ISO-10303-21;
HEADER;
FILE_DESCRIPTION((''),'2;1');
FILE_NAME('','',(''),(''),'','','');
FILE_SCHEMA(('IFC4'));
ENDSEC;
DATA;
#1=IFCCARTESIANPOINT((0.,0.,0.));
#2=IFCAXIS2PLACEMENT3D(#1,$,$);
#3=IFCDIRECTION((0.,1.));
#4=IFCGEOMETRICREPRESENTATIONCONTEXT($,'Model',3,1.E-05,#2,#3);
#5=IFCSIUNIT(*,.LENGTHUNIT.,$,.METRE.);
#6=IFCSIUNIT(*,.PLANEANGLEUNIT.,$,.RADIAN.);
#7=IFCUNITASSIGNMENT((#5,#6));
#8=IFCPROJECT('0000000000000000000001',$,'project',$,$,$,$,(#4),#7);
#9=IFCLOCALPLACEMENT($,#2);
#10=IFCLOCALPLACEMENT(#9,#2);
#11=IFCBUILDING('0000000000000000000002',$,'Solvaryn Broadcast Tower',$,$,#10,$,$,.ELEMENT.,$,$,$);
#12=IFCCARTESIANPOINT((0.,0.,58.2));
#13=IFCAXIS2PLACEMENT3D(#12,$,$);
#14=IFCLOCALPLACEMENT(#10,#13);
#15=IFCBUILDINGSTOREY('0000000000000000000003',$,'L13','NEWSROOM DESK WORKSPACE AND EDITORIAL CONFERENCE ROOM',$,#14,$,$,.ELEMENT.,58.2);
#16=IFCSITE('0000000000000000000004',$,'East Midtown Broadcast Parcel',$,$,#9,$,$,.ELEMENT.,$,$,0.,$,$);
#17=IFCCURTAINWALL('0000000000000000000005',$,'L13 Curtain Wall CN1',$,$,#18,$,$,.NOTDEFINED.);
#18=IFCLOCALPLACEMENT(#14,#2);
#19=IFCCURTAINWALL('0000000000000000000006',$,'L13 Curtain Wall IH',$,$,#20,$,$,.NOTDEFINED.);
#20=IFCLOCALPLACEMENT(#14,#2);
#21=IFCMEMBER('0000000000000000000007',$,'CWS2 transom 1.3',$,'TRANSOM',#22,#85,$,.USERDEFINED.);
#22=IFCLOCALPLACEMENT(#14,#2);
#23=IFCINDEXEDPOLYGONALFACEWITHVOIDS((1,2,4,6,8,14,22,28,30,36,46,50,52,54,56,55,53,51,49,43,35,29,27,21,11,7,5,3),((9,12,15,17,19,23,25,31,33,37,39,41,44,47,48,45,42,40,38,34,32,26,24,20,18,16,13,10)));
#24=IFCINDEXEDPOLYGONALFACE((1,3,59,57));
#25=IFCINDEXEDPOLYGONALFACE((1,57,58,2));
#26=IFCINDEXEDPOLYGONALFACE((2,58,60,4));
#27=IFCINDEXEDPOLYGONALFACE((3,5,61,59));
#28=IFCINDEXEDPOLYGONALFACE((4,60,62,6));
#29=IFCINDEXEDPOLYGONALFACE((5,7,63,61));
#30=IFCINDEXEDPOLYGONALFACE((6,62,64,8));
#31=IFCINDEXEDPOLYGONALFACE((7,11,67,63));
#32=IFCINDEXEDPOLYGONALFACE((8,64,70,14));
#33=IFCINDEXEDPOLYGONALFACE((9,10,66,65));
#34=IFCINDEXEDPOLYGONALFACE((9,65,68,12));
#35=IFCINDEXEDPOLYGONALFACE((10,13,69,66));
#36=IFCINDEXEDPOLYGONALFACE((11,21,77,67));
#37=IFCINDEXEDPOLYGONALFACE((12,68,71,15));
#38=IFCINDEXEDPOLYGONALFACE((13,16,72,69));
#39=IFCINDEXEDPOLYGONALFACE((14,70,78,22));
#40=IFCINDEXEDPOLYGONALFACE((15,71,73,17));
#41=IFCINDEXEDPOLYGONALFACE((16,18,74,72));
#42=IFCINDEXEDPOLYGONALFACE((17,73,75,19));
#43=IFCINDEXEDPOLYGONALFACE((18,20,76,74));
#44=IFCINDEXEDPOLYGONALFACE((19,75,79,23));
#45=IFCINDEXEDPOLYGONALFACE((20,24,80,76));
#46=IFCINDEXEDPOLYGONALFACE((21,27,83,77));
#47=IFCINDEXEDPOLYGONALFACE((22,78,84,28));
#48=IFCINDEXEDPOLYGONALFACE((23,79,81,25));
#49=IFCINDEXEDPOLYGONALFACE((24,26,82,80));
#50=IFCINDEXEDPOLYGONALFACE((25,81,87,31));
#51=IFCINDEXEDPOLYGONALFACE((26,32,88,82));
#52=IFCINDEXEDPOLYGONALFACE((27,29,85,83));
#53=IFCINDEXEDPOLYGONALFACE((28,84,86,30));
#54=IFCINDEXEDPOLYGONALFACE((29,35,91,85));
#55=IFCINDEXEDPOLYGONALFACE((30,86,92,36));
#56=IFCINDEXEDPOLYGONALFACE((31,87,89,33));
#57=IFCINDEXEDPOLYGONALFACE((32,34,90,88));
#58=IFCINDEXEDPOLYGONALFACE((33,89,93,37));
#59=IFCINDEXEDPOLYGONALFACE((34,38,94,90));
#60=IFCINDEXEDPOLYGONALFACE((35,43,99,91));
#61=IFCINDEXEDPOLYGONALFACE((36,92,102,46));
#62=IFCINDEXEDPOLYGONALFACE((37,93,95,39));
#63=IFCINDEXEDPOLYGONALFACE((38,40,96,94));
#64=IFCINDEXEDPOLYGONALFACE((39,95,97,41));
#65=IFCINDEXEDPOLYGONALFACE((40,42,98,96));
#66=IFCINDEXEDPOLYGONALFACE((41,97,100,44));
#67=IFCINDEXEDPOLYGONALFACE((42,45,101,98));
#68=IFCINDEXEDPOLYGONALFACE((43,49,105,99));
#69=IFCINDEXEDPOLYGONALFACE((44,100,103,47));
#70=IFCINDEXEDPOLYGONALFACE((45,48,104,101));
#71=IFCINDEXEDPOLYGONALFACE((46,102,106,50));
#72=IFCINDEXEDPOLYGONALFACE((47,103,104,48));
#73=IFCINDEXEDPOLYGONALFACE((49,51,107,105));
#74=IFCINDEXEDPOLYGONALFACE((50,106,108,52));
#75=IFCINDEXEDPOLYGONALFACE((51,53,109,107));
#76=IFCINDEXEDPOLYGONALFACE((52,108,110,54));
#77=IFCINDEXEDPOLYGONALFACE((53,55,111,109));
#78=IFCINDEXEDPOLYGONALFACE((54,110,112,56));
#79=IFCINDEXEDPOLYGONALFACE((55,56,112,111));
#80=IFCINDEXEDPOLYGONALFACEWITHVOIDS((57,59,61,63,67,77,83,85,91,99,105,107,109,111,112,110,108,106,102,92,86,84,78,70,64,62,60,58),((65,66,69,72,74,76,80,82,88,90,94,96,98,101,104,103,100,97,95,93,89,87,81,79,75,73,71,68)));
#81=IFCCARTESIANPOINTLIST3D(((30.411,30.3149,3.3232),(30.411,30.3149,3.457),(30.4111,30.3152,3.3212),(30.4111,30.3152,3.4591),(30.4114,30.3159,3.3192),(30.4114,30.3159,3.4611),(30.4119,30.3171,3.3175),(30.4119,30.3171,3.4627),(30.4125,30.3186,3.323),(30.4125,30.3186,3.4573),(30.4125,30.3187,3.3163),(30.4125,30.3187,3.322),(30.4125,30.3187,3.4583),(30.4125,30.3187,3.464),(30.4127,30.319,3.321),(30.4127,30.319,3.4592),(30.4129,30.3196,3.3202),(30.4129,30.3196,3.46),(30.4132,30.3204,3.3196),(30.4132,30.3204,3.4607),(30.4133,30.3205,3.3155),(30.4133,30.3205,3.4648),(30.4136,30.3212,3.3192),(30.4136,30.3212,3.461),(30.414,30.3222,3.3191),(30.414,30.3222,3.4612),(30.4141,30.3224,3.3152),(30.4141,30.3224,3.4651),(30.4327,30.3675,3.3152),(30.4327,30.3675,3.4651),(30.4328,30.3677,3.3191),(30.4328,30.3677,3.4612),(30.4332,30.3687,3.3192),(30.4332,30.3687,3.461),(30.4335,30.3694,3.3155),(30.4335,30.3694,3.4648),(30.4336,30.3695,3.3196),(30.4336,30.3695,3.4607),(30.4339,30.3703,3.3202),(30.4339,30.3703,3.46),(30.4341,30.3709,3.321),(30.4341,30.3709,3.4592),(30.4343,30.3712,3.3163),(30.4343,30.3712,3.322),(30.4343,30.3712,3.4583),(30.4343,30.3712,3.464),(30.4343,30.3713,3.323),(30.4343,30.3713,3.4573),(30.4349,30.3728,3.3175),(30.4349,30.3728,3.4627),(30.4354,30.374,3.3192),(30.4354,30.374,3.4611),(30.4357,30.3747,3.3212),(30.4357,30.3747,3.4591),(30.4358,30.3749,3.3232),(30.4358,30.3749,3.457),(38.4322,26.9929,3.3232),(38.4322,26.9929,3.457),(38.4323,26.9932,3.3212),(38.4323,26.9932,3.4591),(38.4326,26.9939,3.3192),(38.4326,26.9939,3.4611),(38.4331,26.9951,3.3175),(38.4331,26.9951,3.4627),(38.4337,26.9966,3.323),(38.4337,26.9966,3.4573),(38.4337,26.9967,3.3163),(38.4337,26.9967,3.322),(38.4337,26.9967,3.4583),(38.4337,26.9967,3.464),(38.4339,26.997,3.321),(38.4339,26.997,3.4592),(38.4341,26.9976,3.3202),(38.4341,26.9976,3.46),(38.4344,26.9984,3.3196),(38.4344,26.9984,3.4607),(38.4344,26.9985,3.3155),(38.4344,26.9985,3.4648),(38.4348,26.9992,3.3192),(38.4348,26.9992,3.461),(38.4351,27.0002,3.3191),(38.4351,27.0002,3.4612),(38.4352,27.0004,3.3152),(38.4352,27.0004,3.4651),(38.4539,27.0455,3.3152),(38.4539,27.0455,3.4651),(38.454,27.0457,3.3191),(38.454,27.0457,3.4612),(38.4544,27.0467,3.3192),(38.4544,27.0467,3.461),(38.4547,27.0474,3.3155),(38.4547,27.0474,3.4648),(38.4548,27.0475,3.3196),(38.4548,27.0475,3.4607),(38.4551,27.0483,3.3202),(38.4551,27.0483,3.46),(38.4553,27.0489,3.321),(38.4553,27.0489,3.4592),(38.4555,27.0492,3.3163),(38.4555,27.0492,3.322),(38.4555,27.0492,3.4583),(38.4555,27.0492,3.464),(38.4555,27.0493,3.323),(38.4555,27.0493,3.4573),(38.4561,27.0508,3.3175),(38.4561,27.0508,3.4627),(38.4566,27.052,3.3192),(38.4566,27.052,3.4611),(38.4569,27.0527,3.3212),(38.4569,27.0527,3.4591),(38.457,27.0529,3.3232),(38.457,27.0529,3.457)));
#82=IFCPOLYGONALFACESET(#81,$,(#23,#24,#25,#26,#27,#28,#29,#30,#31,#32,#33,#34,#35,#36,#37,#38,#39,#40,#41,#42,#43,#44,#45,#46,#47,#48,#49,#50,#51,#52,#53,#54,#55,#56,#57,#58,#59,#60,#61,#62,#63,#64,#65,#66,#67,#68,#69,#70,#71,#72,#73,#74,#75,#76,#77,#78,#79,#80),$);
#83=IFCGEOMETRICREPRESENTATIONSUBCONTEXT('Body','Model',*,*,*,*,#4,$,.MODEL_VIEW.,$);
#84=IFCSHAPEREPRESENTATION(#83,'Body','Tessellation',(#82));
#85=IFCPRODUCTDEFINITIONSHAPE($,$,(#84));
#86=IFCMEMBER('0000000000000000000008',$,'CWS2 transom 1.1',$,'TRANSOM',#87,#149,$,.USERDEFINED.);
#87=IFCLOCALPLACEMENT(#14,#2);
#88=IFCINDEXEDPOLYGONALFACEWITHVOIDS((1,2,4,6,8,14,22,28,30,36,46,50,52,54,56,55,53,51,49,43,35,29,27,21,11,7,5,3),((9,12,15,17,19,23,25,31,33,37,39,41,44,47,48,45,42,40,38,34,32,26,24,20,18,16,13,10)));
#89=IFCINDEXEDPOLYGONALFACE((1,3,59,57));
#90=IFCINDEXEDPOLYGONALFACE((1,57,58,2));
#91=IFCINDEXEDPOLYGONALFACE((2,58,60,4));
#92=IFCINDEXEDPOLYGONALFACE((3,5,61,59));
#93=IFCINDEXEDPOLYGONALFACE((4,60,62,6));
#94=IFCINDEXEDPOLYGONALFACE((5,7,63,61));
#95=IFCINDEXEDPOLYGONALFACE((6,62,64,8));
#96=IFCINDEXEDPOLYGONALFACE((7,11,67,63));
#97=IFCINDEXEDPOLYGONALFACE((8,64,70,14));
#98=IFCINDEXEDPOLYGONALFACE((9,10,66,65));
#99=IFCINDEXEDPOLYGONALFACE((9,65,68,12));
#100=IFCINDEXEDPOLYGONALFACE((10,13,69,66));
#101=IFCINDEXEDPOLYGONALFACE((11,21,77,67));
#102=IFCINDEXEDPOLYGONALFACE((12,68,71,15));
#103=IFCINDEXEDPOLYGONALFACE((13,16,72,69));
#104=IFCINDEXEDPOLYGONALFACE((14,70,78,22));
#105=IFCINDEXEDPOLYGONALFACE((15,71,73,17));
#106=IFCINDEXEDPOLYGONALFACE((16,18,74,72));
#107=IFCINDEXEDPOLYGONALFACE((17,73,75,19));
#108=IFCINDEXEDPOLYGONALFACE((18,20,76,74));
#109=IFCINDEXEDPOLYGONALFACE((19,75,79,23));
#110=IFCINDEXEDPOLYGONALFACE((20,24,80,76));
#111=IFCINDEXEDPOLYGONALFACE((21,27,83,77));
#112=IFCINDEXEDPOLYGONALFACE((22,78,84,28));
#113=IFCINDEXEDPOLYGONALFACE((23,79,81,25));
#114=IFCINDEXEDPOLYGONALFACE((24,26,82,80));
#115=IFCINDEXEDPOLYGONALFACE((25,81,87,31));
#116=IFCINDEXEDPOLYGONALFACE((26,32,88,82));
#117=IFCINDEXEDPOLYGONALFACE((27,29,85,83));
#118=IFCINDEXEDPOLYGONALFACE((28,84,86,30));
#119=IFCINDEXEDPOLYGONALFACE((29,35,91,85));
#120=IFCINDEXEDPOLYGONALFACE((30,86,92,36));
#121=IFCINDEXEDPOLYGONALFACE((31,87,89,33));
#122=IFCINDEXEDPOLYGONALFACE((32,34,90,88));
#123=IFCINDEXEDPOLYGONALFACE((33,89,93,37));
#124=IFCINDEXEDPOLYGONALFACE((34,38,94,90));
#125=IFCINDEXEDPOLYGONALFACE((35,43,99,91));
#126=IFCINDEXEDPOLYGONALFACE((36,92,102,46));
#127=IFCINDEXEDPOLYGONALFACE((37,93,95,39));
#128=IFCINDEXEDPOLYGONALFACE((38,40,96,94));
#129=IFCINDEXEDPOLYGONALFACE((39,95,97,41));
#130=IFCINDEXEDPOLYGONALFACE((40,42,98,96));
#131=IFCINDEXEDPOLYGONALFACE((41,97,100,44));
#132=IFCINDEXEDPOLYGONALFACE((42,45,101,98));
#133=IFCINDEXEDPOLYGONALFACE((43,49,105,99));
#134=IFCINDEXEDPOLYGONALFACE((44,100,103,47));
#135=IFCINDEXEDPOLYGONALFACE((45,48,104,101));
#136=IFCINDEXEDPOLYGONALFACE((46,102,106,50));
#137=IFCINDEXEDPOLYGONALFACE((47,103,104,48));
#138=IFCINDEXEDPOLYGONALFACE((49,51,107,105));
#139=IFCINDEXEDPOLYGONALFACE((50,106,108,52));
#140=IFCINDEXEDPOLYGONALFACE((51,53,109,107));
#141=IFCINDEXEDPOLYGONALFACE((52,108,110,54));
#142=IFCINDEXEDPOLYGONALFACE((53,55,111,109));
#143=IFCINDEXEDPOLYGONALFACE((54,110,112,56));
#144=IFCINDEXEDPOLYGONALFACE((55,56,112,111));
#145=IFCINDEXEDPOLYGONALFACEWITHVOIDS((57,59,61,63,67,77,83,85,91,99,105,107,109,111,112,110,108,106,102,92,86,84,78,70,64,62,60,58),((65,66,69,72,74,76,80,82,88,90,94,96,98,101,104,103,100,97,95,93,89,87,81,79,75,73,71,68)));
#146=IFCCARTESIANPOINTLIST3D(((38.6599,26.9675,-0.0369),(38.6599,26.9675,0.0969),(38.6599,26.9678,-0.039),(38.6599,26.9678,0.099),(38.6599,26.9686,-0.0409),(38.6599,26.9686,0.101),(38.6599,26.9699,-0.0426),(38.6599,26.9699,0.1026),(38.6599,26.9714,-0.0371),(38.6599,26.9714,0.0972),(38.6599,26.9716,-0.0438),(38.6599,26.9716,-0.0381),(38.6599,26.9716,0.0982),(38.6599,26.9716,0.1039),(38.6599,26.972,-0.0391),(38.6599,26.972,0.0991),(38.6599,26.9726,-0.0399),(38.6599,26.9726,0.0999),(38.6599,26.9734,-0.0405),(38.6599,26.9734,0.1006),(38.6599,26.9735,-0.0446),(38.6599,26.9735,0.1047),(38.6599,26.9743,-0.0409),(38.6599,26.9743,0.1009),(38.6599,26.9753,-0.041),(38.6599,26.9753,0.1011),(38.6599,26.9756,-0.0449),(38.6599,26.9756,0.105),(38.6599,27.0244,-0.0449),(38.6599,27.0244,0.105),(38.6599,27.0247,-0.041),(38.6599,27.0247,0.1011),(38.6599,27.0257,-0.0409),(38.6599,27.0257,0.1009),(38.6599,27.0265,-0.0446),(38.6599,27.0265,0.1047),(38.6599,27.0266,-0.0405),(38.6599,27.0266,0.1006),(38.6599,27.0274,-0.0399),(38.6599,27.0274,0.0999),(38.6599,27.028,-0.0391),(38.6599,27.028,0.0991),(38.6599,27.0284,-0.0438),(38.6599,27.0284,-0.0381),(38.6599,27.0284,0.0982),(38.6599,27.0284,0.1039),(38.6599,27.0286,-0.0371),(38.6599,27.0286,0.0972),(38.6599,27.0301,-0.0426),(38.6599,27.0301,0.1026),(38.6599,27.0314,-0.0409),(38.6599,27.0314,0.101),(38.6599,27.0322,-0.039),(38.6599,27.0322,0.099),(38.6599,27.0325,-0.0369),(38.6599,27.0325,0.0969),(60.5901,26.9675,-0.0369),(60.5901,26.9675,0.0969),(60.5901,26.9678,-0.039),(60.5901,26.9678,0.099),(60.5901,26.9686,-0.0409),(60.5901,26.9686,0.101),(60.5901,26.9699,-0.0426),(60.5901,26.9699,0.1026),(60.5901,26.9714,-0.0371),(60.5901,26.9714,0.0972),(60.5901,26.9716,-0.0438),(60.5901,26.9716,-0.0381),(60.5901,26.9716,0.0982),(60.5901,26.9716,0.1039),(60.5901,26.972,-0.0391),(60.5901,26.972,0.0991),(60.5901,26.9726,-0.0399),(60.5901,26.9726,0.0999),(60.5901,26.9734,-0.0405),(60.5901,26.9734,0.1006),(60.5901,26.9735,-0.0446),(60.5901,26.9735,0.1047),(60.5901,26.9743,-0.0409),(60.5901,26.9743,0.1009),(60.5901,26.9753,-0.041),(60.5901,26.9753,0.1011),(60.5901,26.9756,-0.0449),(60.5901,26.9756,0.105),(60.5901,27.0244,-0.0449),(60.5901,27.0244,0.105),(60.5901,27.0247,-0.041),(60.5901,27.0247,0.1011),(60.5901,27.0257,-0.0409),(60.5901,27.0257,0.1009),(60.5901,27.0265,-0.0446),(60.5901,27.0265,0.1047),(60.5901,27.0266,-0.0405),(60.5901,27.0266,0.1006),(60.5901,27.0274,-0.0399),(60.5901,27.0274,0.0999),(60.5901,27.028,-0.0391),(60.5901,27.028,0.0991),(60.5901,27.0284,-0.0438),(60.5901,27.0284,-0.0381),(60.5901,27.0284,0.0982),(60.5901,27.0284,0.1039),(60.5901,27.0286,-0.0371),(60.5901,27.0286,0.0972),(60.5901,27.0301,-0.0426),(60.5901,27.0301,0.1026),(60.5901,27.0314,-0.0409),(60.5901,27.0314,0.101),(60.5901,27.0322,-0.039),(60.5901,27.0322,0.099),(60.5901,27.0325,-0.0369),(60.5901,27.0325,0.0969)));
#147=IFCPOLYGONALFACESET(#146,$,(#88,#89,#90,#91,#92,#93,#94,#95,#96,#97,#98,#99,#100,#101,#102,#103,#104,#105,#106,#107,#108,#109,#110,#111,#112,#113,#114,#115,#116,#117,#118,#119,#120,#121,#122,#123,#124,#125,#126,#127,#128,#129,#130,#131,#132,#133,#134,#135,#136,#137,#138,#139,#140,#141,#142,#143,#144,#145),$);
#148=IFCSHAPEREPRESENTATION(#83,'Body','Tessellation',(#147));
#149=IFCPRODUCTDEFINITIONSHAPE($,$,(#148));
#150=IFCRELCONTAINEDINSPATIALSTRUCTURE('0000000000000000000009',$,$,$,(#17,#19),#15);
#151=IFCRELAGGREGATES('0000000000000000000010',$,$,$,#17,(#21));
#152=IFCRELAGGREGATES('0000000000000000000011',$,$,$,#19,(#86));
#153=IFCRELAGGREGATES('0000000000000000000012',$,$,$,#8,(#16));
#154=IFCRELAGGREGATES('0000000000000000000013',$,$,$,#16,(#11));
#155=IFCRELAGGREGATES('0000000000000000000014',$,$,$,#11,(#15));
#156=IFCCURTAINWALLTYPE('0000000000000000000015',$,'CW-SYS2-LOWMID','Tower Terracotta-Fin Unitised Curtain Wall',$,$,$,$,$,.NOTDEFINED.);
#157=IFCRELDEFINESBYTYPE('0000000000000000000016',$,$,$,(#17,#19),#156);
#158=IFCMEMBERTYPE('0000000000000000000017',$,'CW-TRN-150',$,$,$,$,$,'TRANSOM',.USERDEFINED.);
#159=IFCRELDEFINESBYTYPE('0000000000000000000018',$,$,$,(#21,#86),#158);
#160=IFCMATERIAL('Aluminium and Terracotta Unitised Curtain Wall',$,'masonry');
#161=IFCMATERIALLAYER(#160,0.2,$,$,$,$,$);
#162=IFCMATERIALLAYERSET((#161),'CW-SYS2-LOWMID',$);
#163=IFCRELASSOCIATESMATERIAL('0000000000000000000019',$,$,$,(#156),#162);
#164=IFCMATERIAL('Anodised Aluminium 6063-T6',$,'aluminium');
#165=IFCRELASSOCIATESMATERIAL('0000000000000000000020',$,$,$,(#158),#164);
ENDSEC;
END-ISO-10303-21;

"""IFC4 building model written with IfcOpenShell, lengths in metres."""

from ifc_helpers import new_model, si_unit, direction, frame, origin, origin_2d, place, context, subcontext, project, spatial, hollow_rectangle, extrude, material, layer, layer_set, material_profile, profile_set, type_object, element, aggregate, save


model = new_model("IFC4")

# Units and contexts
model_context = context("Model", 3, precision=1e-05, world=origin(), true_north=direction((0.0, 1.0)))
body_context = subcontext(model_context, "Body", "Model", "MODEL_VIEW")
ifc_project = project(units=[si_unit("LENGTHUNIT", "METRE"), si_unit("PLANEANGLEUNIT", "RADIAN")], contexts=[model_context])

# Site, building, storey
site_placement = place(None, origin())
site = spatial("IfcSite", under=ifc_project, at=site_placement, Name="East Midtown Broadcast Parcel", CompositionType="ELEMENT", RefElevation=0.0)
building_placement = place(site_placement, origin())
building = spatial("IfcBuilding", under=site, at=building_placement, Name="Solvaryn Broadcast Tower", CompositionType="ELEMENT")
storey_placement = place(building_placement, frame((0.0, 0.0, 58.2)))
storey = spatial("IfcBuildingStorey", under=building, at=storey_placement, Name="L13", Description="NEWSROOM DESK WORKSPACE AND EDITORIAL CONFERENCE ROOM", CompositionType="ELEMENT", Elevation=58.2)

# Curtain walls
ifc_material_1 = material(Name="Aluminium and Terracotta Unitised Curtain Wall", Category="masonry")
ifc_layer_1 = layer(ifc_material_1, 0.2)
ifc_layer_set_1 = layer_set([ifc_layer_1], Name="CW-SYS2-LOWMID")
curtain_wall_type = type_object("IfcCurtainWallType", Name="CW-SYS2-LOWMID", Description="Tower Terracotta-Fin Unitised Curtain Wall", PredefinedType="NOTDEFINED", material=ifc_layer_set_1)
curtain_wall_1_placement = place(storey_placement, origin())
curtain_wall_1 = element("IfcCurtainWall", 1, at=curtain_wall_1_placement, inside=storey, type_object=curtain_wall_type, Name="L13 Curtain Wall CN1", PredefinedType="NOTDEFINED")
curtain_wall_2_placement = place(storey_placement, origin())
curtain_wall_2 = element("IfcCurtainWall", 2, at=curtain_wall_2_placement, inside=storey, type_object=curtain_wall_type, Name="L13 Curtain Wall IH", PredefinedType="NOTDEFINED")

# Members
ifc_material_2 = material(Name="Anodised Aluminium 6063-T6", Category="aluminium")
ifc_material_profile_1 = material_profile(ifc_material_2, hollow_rectangle(XDim=0.0649, YDim=0.1499, WallThickness=0.0039, InnerFilletRadius=0.0039, OuterFilletRadius=0.0081, at=origin_2d()))
ifc_profile_set_1 = profile_set([ifc_material_profile_1], Name="Anodised Aluminium 6063-T6")
member_type_1 = type_object("IfcMemberType", Name="CW-TRN-150", ElementType="TRANSOM", PredefinedType="USERDEFINED", material=ifc_profile_set_1)
member_1_placement = place(storey_placement, frame((38.4446, 27.0229, 3.3901), z_axis=(-0.923899, 0.382636, 0.0), x_axis=(-0.382636, -0.923899, 0.0)))
member_1 = element("IfcMember", 3, at=member_1_placement, type_object=member_type_1, Name="CWS2 transom 1.3", ObjectType="TRANSOM", PredefinedType="USERDEFINED", context=body_context, shape_type="SweptSolid", body=[
    extrude(hollow_rectangle(XDim=0.0649, YDim=0.1499, WallThickness=0.0039, InnerFilletRadius=0.0039, OuterFilletRadius=0.0081, at=origin_2d()), origin(), (0.0, 0.0, 1.0), 8.6819),
])
aggregate(curtain_wall_1, [member_1])
member_2_placement = place(storey_placement, frame((38.6599, 27.0, 0.03), z_axis=(1.0, 0.0, 0.0), x_axis=(0.0, 1.0, 0.0)))
member_2 = element("IfcMember", 4, at=member_2_placement, type_object=member_type_1, Name="CWS2 transom 1.1", ObjectType="TRANSOM", PredefinedType="USERDEFINED", context=body_context, shape_type="SweptSolid", body=[
    extrude(hollow_rectangle(XDim=0.0649, YDim=0.1499, WallThickness=0.0039, InnerFilletRadius=0.0039, OuterFilletRadius=0.0081, at=origin_2d()), origin(), (0.0, 0.0, 1.0), 21.9302),
])
aggregate(curtain_wall_2, [member_2])

save(model, "model.ifc")
